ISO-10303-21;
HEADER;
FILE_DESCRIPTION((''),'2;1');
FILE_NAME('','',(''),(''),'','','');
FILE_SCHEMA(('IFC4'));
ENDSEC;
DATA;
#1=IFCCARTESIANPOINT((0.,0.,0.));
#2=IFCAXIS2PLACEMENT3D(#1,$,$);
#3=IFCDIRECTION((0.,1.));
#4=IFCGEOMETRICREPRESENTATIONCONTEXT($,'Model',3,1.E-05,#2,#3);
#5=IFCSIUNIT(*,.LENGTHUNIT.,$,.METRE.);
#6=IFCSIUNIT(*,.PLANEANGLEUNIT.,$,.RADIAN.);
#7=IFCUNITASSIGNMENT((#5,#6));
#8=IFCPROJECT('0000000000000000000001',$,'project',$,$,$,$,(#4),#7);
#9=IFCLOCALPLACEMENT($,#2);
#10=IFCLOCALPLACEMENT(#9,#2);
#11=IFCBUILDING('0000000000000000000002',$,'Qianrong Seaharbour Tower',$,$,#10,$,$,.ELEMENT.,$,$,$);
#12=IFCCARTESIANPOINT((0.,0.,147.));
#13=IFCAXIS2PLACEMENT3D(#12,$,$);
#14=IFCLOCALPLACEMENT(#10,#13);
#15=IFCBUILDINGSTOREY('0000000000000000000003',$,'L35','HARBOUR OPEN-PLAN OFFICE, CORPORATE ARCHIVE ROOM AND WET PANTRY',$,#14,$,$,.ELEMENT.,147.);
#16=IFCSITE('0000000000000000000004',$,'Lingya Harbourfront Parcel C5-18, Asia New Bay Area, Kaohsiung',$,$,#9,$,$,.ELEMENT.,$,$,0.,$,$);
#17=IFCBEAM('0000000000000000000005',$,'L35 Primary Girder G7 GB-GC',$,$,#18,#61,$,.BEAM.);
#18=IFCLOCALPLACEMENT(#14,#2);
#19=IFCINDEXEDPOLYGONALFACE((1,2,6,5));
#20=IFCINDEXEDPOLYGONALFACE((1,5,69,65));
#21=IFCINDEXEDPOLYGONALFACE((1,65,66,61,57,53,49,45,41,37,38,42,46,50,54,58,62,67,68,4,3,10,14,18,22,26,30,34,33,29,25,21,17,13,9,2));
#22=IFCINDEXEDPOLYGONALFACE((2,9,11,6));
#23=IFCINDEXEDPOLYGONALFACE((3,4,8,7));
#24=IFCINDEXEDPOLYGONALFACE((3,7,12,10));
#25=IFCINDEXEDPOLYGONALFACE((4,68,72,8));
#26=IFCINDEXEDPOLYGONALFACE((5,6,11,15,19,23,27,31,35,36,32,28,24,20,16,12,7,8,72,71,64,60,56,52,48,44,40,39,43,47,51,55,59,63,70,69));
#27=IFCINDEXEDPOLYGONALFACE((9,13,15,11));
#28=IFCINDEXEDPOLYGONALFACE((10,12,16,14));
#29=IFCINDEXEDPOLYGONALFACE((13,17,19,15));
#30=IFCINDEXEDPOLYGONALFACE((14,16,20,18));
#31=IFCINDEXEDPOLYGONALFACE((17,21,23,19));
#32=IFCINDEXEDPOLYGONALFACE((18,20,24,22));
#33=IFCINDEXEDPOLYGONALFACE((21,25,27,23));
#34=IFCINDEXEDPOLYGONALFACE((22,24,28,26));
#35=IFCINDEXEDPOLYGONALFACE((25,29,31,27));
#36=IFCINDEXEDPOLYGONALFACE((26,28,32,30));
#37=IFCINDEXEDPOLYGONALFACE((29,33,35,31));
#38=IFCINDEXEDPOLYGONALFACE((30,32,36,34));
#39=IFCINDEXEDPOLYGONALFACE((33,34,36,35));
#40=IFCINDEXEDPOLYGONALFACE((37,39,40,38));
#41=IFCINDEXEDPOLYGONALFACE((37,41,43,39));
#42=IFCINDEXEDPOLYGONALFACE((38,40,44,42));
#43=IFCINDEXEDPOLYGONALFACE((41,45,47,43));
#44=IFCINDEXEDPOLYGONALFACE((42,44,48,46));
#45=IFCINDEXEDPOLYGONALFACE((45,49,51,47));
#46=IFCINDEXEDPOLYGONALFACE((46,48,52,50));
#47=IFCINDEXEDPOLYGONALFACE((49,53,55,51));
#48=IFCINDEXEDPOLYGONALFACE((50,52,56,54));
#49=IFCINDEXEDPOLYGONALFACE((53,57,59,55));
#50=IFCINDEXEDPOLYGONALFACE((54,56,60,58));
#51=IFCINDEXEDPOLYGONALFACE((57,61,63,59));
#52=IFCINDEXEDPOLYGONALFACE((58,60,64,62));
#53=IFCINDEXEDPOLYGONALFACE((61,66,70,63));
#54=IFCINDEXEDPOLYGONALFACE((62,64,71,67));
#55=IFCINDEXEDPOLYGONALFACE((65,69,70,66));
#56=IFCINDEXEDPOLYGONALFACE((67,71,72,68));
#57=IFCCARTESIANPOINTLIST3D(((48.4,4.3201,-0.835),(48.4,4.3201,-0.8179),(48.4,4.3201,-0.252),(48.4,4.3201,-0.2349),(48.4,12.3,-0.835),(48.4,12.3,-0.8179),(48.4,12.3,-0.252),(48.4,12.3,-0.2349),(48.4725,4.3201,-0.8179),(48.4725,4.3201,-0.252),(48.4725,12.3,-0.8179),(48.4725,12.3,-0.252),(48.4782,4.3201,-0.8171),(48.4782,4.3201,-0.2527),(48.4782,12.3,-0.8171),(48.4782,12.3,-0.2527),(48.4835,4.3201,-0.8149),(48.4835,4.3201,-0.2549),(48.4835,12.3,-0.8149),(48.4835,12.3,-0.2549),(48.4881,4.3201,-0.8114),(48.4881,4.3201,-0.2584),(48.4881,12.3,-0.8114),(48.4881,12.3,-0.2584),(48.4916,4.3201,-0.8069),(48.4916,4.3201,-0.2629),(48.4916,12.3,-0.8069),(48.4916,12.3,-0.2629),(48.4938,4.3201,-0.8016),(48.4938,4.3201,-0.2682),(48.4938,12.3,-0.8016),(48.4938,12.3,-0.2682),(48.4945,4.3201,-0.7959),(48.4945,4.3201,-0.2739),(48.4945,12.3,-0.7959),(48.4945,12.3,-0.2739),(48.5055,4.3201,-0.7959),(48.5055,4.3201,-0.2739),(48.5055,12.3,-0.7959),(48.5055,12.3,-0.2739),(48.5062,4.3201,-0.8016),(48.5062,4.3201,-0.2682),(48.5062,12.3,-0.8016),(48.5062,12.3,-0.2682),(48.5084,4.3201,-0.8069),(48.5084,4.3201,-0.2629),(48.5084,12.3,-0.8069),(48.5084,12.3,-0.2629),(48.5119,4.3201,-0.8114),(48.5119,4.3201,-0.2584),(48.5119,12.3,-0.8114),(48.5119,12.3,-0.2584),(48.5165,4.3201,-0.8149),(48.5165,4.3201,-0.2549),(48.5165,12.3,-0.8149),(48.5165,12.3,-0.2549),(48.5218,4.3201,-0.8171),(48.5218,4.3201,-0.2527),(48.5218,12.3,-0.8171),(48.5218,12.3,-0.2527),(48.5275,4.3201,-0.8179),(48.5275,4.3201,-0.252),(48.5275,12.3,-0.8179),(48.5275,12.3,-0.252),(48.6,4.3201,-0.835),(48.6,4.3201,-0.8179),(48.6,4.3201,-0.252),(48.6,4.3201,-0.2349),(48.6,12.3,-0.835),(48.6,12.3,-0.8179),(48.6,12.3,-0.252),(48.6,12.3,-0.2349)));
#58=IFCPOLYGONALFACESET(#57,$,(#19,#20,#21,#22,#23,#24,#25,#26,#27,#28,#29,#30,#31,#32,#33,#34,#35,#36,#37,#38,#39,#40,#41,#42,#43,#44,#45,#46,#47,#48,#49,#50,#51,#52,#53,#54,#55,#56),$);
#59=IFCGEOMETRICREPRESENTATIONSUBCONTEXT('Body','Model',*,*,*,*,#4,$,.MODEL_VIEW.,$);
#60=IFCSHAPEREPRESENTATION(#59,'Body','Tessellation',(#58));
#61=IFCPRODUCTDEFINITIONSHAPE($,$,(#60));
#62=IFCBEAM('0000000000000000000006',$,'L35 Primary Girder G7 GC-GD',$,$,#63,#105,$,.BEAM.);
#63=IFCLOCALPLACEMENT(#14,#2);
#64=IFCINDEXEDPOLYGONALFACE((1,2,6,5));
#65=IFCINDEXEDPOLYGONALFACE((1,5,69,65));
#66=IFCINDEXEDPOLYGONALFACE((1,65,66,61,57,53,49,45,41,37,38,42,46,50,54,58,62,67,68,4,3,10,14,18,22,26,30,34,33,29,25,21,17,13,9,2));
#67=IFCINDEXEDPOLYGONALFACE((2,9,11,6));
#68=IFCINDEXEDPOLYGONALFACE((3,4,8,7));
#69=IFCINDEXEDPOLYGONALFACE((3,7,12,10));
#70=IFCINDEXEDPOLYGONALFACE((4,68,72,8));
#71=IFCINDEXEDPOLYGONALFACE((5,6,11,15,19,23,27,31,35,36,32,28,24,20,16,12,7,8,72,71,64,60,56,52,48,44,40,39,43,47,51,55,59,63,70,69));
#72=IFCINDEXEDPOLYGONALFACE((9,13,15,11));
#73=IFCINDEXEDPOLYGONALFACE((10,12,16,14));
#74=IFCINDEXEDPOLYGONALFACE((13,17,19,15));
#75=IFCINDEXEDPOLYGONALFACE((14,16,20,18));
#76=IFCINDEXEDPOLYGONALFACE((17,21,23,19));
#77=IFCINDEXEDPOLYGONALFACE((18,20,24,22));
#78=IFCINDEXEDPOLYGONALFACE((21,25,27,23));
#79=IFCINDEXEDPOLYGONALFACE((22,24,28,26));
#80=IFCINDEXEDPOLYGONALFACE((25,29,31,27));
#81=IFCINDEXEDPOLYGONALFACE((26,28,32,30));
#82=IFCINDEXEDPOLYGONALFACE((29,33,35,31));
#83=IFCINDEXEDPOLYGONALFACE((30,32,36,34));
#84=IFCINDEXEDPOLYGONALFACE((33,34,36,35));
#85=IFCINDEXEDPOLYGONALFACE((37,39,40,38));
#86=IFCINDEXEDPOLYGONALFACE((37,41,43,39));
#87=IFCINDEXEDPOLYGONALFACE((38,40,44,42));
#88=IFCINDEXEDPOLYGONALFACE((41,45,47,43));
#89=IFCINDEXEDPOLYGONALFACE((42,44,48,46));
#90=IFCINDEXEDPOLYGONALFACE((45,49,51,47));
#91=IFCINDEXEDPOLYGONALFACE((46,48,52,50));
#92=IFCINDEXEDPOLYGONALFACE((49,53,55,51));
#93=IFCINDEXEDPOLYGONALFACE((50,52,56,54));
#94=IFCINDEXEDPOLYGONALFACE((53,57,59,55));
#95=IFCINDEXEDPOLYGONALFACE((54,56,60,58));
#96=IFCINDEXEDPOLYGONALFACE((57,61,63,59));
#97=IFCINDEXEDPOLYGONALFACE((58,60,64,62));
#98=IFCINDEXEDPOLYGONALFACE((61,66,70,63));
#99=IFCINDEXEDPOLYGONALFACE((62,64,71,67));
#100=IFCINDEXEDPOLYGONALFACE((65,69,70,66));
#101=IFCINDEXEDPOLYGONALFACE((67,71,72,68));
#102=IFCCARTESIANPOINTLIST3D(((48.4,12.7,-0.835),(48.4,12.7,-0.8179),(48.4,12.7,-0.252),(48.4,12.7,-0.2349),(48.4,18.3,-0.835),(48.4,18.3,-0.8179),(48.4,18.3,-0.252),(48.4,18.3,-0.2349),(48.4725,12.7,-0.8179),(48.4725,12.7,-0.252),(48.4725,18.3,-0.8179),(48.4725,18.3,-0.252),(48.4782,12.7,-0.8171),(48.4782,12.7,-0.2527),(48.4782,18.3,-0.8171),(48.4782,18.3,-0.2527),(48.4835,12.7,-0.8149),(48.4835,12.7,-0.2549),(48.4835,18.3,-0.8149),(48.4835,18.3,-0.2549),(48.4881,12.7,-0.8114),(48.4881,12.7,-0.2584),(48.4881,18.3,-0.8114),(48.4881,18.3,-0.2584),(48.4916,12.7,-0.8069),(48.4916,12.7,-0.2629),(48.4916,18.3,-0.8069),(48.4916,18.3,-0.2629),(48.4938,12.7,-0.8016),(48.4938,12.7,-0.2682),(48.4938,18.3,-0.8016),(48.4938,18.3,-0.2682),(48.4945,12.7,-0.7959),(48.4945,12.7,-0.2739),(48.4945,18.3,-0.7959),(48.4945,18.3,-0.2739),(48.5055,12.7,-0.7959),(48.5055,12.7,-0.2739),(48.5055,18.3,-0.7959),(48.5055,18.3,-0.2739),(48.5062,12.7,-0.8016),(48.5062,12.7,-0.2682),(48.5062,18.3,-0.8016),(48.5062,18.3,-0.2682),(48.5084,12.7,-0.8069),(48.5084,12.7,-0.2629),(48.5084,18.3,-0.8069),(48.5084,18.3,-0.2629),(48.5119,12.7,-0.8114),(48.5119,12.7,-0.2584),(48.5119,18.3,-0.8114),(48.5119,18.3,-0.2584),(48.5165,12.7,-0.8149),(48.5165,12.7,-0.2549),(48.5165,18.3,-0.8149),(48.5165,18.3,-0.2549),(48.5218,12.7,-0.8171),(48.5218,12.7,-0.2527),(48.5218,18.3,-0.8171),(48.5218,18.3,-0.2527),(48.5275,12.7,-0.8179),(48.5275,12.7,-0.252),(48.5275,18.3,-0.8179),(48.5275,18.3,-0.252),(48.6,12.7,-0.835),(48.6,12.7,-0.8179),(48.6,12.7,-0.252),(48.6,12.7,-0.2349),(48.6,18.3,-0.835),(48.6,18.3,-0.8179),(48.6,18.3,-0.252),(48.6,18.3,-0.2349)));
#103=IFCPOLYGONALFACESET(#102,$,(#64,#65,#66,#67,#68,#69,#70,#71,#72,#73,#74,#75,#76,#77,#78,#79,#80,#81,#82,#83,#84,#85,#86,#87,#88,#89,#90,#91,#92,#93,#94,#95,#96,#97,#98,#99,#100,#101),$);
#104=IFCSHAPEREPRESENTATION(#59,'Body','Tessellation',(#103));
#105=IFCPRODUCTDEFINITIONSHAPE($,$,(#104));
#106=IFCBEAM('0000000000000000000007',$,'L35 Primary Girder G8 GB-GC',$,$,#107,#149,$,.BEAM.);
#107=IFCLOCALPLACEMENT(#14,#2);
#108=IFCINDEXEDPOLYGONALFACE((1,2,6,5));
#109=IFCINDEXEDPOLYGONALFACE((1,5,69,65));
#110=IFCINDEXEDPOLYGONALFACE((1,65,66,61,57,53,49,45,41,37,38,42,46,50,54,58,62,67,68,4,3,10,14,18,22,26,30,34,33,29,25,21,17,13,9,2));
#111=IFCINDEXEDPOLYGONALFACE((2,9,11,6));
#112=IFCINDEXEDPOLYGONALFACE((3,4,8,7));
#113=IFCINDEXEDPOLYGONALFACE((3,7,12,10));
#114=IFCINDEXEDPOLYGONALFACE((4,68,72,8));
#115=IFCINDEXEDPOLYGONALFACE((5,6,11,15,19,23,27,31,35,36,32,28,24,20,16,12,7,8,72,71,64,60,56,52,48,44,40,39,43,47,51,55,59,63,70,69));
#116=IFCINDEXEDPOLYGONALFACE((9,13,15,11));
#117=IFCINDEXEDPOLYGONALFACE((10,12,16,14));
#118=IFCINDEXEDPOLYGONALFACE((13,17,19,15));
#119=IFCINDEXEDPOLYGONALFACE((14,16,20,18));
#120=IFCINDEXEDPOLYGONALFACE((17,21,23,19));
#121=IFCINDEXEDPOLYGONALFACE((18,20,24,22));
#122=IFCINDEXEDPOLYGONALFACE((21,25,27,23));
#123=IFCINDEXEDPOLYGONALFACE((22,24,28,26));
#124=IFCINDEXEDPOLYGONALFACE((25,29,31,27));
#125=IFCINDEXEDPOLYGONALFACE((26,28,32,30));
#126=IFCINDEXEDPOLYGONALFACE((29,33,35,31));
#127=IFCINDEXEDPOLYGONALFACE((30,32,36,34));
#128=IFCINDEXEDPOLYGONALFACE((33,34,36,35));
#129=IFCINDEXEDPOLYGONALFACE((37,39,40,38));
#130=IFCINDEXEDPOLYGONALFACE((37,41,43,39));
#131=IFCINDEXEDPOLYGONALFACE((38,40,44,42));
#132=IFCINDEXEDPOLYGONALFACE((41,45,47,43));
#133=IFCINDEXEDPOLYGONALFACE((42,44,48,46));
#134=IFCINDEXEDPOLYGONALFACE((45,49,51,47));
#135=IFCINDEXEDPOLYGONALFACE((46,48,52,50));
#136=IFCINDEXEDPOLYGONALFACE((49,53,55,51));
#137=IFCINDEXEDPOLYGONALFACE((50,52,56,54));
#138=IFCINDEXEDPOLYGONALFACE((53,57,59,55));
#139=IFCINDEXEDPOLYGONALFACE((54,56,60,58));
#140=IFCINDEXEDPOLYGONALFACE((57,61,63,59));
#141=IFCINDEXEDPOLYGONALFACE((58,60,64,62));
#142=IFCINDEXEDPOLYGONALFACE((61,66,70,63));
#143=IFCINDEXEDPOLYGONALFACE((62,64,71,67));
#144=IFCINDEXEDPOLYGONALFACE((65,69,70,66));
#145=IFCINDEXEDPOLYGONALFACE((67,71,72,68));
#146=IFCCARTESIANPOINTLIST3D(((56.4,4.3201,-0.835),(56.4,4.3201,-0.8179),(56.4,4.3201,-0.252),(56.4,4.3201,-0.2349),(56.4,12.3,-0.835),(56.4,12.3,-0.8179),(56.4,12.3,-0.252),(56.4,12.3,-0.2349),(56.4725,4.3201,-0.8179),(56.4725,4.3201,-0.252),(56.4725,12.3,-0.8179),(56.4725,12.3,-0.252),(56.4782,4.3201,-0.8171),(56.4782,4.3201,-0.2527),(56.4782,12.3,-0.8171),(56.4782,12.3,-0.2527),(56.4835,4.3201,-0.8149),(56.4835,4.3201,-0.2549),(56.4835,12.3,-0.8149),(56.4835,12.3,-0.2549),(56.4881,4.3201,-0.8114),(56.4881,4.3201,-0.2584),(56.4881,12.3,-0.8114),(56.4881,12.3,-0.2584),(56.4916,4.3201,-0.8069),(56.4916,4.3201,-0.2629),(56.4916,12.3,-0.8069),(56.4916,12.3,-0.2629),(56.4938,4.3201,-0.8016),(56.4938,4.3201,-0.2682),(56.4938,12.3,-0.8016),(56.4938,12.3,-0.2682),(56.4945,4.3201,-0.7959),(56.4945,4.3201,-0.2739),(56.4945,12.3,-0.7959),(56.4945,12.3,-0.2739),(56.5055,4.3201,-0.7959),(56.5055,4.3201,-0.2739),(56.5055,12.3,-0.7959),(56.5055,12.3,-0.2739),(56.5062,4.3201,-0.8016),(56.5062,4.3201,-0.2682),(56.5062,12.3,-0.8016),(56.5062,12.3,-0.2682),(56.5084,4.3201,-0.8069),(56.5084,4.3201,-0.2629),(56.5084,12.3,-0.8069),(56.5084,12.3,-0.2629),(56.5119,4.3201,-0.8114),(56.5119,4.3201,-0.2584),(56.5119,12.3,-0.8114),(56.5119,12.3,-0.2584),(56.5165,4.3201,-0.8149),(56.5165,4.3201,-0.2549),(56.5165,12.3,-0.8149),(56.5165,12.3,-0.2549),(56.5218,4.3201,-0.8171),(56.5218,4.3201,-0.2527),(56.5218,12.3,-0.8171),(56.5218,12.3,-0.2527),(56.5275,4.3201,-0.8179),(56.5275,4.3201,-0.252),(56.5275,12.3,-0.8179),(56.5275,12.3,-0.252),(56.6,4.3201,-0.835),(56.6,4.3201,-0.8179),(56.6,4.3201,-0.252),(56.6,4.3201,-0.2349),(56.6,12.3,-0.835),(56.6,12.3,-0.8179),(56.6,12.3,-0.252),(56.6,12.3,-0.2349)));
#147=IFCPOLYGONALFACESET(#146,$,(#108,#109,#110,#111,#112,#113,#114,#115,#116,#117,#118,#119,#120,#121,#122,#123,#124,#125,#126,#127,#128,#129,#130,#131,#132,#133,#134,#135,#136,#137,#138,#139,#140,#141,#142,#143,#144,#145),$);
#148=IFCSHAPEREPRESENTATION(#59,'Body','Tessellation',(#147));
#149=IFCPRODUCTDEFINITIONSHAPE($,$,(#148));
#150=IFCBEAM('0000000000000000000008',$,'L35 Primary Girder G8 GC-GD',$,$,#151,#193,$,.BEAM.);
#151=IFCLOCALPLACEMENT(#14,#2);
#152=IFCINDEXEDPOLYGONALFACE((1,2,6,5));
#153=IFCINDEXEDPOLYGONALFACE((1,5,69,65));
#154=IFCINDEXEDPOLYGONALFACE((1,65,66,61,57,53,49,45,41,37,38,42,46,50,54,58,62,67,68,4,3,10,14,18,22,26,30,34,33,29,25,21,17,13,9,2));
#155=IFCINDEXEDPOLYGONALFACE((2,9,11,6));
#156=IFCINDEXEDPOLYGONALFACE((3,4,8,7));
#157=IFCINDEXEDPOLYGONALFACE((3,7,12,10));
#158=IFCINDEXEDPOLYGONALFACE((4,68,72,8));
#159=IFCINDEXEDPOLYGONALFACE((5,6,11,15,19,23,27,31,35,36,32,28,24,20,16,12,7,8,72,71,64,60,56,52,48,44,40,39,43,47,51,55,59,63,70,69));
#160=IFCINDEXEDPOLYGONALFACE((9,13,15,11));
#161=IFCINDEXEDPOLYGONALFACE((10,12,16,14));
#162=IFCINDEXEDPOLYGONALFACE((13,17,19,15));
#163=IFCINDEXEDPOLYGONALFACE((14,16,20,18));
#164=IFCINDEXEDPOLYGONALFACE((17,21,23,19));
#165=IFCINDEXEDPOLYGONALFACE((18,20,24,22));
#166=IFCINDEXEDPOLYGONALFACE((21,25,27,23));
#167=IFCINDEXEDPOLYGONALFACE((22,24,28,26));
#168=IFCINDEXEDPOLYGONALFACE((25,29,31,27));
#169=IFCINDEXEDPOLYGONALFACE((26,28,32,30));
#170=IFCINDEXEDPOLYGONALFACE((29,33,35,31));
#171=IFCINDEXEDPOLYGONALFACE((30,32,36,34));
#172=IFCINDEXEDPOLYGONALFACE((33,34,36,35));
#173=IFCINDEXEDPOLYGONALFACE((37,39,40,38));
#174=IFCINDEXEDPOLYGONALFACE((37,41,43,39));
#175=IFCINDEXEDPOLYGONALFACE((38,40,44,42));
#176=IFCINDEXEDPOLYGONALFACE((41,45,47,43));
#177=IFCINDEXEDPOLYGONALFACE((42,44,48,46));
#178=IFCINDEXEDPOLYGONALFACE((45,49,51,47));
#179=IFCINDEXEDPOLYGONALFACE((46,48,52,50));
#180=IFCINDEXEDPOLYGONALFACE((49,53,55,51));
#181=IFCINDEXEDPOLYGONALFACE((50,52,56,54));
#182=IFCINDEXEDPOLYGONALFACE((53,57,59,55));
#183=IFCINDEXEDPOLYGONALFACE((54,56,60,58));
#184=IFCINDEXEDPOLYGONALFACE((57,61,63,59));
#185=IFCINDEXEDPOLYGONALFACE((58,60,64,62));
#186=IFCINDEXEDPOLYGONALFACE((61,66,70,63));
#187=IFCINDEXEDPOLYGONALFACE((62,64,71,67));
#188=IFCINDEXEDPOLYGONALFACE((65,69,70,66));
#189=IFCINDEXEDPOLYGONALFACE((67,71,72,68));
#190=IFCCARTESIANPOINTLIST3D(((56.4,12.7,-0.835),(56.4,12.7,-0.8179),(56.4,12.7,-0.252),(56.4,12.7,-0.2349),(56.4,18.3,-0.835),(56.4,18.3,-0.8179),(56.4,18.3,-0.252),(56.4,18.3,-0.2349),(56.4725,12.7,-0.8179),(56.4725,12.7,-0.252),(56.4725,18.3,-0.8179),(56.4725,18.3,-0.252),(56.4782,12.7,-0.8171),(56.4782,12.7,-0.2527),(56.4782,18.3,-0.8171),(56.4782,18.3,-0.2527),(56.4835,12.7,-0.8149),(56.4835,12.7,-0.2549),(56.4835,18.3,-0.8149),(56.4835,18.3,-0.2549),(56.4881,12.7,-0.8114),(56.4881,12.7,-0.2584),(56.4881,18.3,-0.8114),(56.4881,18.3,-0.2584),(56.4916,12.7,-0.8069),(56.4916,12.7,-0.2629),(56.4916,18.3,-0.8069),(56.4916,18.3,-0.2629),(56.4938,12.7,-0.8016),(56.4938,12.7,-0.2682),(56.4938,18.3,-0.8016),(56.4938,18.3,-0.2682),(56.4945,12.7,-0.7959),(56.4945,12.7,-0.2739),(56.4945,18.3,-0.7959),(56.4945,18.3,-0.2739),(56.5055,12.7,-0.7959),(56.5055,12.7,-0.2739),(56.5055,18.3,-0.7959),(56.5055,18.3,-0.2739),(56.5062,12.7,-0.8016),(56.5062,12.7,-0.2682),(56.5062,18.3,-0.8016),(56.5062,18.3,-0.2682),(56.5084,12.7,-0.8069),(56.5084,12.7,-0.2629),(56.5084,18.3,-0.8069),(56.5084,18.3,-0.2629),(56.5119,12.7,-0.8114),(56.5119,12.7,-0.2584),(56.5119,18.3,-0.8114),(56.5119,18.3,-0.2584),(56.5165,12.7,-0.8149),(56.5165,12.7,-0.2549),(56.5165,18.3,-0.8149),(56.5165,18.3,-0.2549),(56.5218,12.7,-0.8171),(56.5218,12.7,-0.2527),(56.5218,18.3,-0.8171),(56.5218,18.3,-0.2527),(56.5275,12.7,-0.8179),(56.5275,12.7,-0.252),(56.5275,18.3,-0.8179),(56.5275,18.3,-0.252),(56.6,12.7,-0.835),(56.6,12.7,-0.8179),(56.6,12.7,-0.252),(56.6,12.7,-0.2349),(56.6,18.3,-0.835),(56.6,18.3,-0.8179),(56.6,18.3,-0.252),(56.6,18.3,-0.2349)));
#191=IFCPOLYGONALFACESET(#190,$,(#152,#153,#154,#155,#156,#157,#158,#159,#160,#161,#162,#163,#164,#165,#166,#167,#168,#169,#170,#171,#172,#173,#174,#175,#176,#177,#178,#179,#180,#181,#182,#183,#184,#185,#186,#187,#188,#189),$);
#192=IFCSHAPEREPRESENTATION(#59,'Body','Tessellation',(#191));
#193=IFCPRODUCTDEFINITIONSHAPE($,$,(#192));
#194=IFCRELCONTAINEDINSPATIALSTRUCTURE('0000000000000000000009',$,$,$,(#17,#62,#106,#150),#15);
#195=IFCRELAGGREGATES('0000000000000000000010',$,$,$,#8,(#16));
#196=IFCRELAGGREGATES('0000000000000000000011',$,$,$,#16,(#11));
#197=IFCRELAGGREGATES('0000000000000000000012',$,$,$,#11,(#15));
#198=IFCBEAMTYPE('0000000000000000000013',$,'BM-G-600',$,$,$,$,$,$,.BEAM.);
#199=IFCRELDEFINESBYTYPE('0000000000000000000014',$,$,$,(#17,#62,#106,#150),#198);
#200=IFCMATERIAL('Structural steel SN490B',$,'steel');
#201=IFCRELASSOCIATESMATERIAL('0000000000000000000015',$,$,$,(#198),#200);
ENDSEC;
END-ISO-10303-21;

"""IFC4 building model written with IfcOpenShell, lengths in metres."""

from ifc_helpers import new_model, si_unit, direction, frame, origin, origin_2d, place, context, subcontext, project, spatial, i_section, extrude, material, material_profile, profile_set, type_object, element, save


model = new_model("IFC4")

# Units and contexts
model_context = context("Model", 3, precision=1e-05, world=origin(), true_north=direction((0.0, 1.0)))
body_context = subcontext(model_context, "Body", "Model", "MODEL_VIEW")
ifc_project = project(units=[si_unit("LENGTHUNIT", "METRE"), si_unit("PLANEANGLEUNIT", "RADIAN")], contexts=[model_context])

# Site, building, storey
site_placement = place(None, origin())
site = spatial("IfcSite", under=ifc_project, at=site_placement, Name="Lingya Harbourfront Parcel C5-18, Asia New Bay Area, Kaohsiung", CompositionType="ELEMENT", RefElevation=0.0)
building_placement = place(site_placement, origin())
building = spatial("IfcBuilding", under=site, at=building_placement, Name="Qianrong Seaharbour Tower", CompositionType="ELEMENT")
storey_placement = place(building_placement, frame((0.0, 0.0, 147.0)))
storey = spatial("IfcBuildingStorey", under=building, at=storey_placement, Name="L35", Description="HARBOUR OPEN-PLAN OFFICE, CORPORATE ARCHIVE ROOM AND WET PANTRY", CompositionType="ELEMENT", Elevation=147.0)

# Shared definitions
ifc_material_1 = material(Name="Structural steel SN490B", Category="steel")

# Beams
ifc_material_profile_1 = material_profile(ifc_material_1, i_section(OverallWidth=0.2, OverallDepth=0.6001, WebThickness=0.011, FlangeThickness=0.0171, FilletRadius=0.022, at=origin_2d()), Name="H600x200x11x17")
ifc_profile_set_1 = profile_set([ifc_material_profile_1], Name="Structural steel SN490B")
beam_type_1 = type_object("IfcBeamType", Name="BM-G-600", PredefinedType="BEAM", material=ifc_profile_set_1)
beam_1_placement = place(storey_placement, frame((48.5, 4.3201, -0.5349), z_axis=(0.0, 1.0, 0.0), x_axis=(-1.0, 0.0, 0.0)))
element("IfcBeam", 1, at=beam_1_placement, inside=storey, type_object=beam_type_1, Name="L35 Primary Girder G7 GB-GC", PredefinedType="BEAM", context=body_context, shape_type="SweptSolid", body=[
    extrude(i_section(OverallWidth=0.2, OverallDepth=0.6001, WebThickness=0.011, FlangeThickness=0.0171, FilletRadius=0.022, at=origin_2d()), origin(), (0.0, 0.0, 1.0), 7.98),
])
beam_2_placement = place(storey_placement, frame((48.5, 12.7, -0.5349), z_axis=(0.0, 1.0, 0.0), x_axis=(-1.0, 0.0, 0.0)))
element("IfcBeam", 2, at=beam_2_placement, inside=storey, type_object=beam_type_1, Name="L35 Primary Girder G7 GC-GD", PredefinedType="BEAM", context=body_context, shape_type="SweptSolid", body=[
    extrude(i_section(OverallWidth=0.2, OverallDepth=0.6001, WebThickness=0.011, FlangeThickness=0.0171, FilletRadius=0.022, at=origin_2d()), origin(), (0.0, 0.0, 1.0), 5.6001),
])
beam_3_placement = place(storey_placement, frame((56.5, 4.3201, -0.5349), z_axis=(0.0, 1.0, 0.0), x_axis=(-1.0, 0.0, 0.0)))
element("IfcBeam", 3, at=beam_3_placement, inside=storey, type_object=beam_type_1, Name="L35 Primary Girder G8 GB-GC", PredefinedType="BEAM", context=body_context, shape_type="SweptSolid", body=[
    extrude(i_section(OverallWidth=0.2, OverallDepth=0.6001, WebThickness=0.011, FlangeThickness=0.0171, FilletRadius=0.022, at=origin_2d()), origin(), (0.0, 0.0, 1.0), 7.98),
])
beam_4_placement = place(storey_placement, frame((56.5, 12.7, -0.5349), z_axis=(0.0, 1.0, 0.0), x_axis=(-1.0, 0.0, 0.0)))
element("IfcBeam", 4, at=beam_4_placement, inside=storey, type_object=beam_type_1, Name="L35 Primary Girder G8 GC-GD", PredefinedType="BEAM", context=body_context, shape_type="SweptSolid", body=[
    extrude(i_section(OverallWidth=0.2, OverallDepth=0.6001, WebThickness=0.011, FlangeThickness=0.0171, FilletRadius=0.022, at=origin_2d()), origin(), (0.0, 0.0, 1.0), 5.6001),
])

save(model, "model.ifc")
